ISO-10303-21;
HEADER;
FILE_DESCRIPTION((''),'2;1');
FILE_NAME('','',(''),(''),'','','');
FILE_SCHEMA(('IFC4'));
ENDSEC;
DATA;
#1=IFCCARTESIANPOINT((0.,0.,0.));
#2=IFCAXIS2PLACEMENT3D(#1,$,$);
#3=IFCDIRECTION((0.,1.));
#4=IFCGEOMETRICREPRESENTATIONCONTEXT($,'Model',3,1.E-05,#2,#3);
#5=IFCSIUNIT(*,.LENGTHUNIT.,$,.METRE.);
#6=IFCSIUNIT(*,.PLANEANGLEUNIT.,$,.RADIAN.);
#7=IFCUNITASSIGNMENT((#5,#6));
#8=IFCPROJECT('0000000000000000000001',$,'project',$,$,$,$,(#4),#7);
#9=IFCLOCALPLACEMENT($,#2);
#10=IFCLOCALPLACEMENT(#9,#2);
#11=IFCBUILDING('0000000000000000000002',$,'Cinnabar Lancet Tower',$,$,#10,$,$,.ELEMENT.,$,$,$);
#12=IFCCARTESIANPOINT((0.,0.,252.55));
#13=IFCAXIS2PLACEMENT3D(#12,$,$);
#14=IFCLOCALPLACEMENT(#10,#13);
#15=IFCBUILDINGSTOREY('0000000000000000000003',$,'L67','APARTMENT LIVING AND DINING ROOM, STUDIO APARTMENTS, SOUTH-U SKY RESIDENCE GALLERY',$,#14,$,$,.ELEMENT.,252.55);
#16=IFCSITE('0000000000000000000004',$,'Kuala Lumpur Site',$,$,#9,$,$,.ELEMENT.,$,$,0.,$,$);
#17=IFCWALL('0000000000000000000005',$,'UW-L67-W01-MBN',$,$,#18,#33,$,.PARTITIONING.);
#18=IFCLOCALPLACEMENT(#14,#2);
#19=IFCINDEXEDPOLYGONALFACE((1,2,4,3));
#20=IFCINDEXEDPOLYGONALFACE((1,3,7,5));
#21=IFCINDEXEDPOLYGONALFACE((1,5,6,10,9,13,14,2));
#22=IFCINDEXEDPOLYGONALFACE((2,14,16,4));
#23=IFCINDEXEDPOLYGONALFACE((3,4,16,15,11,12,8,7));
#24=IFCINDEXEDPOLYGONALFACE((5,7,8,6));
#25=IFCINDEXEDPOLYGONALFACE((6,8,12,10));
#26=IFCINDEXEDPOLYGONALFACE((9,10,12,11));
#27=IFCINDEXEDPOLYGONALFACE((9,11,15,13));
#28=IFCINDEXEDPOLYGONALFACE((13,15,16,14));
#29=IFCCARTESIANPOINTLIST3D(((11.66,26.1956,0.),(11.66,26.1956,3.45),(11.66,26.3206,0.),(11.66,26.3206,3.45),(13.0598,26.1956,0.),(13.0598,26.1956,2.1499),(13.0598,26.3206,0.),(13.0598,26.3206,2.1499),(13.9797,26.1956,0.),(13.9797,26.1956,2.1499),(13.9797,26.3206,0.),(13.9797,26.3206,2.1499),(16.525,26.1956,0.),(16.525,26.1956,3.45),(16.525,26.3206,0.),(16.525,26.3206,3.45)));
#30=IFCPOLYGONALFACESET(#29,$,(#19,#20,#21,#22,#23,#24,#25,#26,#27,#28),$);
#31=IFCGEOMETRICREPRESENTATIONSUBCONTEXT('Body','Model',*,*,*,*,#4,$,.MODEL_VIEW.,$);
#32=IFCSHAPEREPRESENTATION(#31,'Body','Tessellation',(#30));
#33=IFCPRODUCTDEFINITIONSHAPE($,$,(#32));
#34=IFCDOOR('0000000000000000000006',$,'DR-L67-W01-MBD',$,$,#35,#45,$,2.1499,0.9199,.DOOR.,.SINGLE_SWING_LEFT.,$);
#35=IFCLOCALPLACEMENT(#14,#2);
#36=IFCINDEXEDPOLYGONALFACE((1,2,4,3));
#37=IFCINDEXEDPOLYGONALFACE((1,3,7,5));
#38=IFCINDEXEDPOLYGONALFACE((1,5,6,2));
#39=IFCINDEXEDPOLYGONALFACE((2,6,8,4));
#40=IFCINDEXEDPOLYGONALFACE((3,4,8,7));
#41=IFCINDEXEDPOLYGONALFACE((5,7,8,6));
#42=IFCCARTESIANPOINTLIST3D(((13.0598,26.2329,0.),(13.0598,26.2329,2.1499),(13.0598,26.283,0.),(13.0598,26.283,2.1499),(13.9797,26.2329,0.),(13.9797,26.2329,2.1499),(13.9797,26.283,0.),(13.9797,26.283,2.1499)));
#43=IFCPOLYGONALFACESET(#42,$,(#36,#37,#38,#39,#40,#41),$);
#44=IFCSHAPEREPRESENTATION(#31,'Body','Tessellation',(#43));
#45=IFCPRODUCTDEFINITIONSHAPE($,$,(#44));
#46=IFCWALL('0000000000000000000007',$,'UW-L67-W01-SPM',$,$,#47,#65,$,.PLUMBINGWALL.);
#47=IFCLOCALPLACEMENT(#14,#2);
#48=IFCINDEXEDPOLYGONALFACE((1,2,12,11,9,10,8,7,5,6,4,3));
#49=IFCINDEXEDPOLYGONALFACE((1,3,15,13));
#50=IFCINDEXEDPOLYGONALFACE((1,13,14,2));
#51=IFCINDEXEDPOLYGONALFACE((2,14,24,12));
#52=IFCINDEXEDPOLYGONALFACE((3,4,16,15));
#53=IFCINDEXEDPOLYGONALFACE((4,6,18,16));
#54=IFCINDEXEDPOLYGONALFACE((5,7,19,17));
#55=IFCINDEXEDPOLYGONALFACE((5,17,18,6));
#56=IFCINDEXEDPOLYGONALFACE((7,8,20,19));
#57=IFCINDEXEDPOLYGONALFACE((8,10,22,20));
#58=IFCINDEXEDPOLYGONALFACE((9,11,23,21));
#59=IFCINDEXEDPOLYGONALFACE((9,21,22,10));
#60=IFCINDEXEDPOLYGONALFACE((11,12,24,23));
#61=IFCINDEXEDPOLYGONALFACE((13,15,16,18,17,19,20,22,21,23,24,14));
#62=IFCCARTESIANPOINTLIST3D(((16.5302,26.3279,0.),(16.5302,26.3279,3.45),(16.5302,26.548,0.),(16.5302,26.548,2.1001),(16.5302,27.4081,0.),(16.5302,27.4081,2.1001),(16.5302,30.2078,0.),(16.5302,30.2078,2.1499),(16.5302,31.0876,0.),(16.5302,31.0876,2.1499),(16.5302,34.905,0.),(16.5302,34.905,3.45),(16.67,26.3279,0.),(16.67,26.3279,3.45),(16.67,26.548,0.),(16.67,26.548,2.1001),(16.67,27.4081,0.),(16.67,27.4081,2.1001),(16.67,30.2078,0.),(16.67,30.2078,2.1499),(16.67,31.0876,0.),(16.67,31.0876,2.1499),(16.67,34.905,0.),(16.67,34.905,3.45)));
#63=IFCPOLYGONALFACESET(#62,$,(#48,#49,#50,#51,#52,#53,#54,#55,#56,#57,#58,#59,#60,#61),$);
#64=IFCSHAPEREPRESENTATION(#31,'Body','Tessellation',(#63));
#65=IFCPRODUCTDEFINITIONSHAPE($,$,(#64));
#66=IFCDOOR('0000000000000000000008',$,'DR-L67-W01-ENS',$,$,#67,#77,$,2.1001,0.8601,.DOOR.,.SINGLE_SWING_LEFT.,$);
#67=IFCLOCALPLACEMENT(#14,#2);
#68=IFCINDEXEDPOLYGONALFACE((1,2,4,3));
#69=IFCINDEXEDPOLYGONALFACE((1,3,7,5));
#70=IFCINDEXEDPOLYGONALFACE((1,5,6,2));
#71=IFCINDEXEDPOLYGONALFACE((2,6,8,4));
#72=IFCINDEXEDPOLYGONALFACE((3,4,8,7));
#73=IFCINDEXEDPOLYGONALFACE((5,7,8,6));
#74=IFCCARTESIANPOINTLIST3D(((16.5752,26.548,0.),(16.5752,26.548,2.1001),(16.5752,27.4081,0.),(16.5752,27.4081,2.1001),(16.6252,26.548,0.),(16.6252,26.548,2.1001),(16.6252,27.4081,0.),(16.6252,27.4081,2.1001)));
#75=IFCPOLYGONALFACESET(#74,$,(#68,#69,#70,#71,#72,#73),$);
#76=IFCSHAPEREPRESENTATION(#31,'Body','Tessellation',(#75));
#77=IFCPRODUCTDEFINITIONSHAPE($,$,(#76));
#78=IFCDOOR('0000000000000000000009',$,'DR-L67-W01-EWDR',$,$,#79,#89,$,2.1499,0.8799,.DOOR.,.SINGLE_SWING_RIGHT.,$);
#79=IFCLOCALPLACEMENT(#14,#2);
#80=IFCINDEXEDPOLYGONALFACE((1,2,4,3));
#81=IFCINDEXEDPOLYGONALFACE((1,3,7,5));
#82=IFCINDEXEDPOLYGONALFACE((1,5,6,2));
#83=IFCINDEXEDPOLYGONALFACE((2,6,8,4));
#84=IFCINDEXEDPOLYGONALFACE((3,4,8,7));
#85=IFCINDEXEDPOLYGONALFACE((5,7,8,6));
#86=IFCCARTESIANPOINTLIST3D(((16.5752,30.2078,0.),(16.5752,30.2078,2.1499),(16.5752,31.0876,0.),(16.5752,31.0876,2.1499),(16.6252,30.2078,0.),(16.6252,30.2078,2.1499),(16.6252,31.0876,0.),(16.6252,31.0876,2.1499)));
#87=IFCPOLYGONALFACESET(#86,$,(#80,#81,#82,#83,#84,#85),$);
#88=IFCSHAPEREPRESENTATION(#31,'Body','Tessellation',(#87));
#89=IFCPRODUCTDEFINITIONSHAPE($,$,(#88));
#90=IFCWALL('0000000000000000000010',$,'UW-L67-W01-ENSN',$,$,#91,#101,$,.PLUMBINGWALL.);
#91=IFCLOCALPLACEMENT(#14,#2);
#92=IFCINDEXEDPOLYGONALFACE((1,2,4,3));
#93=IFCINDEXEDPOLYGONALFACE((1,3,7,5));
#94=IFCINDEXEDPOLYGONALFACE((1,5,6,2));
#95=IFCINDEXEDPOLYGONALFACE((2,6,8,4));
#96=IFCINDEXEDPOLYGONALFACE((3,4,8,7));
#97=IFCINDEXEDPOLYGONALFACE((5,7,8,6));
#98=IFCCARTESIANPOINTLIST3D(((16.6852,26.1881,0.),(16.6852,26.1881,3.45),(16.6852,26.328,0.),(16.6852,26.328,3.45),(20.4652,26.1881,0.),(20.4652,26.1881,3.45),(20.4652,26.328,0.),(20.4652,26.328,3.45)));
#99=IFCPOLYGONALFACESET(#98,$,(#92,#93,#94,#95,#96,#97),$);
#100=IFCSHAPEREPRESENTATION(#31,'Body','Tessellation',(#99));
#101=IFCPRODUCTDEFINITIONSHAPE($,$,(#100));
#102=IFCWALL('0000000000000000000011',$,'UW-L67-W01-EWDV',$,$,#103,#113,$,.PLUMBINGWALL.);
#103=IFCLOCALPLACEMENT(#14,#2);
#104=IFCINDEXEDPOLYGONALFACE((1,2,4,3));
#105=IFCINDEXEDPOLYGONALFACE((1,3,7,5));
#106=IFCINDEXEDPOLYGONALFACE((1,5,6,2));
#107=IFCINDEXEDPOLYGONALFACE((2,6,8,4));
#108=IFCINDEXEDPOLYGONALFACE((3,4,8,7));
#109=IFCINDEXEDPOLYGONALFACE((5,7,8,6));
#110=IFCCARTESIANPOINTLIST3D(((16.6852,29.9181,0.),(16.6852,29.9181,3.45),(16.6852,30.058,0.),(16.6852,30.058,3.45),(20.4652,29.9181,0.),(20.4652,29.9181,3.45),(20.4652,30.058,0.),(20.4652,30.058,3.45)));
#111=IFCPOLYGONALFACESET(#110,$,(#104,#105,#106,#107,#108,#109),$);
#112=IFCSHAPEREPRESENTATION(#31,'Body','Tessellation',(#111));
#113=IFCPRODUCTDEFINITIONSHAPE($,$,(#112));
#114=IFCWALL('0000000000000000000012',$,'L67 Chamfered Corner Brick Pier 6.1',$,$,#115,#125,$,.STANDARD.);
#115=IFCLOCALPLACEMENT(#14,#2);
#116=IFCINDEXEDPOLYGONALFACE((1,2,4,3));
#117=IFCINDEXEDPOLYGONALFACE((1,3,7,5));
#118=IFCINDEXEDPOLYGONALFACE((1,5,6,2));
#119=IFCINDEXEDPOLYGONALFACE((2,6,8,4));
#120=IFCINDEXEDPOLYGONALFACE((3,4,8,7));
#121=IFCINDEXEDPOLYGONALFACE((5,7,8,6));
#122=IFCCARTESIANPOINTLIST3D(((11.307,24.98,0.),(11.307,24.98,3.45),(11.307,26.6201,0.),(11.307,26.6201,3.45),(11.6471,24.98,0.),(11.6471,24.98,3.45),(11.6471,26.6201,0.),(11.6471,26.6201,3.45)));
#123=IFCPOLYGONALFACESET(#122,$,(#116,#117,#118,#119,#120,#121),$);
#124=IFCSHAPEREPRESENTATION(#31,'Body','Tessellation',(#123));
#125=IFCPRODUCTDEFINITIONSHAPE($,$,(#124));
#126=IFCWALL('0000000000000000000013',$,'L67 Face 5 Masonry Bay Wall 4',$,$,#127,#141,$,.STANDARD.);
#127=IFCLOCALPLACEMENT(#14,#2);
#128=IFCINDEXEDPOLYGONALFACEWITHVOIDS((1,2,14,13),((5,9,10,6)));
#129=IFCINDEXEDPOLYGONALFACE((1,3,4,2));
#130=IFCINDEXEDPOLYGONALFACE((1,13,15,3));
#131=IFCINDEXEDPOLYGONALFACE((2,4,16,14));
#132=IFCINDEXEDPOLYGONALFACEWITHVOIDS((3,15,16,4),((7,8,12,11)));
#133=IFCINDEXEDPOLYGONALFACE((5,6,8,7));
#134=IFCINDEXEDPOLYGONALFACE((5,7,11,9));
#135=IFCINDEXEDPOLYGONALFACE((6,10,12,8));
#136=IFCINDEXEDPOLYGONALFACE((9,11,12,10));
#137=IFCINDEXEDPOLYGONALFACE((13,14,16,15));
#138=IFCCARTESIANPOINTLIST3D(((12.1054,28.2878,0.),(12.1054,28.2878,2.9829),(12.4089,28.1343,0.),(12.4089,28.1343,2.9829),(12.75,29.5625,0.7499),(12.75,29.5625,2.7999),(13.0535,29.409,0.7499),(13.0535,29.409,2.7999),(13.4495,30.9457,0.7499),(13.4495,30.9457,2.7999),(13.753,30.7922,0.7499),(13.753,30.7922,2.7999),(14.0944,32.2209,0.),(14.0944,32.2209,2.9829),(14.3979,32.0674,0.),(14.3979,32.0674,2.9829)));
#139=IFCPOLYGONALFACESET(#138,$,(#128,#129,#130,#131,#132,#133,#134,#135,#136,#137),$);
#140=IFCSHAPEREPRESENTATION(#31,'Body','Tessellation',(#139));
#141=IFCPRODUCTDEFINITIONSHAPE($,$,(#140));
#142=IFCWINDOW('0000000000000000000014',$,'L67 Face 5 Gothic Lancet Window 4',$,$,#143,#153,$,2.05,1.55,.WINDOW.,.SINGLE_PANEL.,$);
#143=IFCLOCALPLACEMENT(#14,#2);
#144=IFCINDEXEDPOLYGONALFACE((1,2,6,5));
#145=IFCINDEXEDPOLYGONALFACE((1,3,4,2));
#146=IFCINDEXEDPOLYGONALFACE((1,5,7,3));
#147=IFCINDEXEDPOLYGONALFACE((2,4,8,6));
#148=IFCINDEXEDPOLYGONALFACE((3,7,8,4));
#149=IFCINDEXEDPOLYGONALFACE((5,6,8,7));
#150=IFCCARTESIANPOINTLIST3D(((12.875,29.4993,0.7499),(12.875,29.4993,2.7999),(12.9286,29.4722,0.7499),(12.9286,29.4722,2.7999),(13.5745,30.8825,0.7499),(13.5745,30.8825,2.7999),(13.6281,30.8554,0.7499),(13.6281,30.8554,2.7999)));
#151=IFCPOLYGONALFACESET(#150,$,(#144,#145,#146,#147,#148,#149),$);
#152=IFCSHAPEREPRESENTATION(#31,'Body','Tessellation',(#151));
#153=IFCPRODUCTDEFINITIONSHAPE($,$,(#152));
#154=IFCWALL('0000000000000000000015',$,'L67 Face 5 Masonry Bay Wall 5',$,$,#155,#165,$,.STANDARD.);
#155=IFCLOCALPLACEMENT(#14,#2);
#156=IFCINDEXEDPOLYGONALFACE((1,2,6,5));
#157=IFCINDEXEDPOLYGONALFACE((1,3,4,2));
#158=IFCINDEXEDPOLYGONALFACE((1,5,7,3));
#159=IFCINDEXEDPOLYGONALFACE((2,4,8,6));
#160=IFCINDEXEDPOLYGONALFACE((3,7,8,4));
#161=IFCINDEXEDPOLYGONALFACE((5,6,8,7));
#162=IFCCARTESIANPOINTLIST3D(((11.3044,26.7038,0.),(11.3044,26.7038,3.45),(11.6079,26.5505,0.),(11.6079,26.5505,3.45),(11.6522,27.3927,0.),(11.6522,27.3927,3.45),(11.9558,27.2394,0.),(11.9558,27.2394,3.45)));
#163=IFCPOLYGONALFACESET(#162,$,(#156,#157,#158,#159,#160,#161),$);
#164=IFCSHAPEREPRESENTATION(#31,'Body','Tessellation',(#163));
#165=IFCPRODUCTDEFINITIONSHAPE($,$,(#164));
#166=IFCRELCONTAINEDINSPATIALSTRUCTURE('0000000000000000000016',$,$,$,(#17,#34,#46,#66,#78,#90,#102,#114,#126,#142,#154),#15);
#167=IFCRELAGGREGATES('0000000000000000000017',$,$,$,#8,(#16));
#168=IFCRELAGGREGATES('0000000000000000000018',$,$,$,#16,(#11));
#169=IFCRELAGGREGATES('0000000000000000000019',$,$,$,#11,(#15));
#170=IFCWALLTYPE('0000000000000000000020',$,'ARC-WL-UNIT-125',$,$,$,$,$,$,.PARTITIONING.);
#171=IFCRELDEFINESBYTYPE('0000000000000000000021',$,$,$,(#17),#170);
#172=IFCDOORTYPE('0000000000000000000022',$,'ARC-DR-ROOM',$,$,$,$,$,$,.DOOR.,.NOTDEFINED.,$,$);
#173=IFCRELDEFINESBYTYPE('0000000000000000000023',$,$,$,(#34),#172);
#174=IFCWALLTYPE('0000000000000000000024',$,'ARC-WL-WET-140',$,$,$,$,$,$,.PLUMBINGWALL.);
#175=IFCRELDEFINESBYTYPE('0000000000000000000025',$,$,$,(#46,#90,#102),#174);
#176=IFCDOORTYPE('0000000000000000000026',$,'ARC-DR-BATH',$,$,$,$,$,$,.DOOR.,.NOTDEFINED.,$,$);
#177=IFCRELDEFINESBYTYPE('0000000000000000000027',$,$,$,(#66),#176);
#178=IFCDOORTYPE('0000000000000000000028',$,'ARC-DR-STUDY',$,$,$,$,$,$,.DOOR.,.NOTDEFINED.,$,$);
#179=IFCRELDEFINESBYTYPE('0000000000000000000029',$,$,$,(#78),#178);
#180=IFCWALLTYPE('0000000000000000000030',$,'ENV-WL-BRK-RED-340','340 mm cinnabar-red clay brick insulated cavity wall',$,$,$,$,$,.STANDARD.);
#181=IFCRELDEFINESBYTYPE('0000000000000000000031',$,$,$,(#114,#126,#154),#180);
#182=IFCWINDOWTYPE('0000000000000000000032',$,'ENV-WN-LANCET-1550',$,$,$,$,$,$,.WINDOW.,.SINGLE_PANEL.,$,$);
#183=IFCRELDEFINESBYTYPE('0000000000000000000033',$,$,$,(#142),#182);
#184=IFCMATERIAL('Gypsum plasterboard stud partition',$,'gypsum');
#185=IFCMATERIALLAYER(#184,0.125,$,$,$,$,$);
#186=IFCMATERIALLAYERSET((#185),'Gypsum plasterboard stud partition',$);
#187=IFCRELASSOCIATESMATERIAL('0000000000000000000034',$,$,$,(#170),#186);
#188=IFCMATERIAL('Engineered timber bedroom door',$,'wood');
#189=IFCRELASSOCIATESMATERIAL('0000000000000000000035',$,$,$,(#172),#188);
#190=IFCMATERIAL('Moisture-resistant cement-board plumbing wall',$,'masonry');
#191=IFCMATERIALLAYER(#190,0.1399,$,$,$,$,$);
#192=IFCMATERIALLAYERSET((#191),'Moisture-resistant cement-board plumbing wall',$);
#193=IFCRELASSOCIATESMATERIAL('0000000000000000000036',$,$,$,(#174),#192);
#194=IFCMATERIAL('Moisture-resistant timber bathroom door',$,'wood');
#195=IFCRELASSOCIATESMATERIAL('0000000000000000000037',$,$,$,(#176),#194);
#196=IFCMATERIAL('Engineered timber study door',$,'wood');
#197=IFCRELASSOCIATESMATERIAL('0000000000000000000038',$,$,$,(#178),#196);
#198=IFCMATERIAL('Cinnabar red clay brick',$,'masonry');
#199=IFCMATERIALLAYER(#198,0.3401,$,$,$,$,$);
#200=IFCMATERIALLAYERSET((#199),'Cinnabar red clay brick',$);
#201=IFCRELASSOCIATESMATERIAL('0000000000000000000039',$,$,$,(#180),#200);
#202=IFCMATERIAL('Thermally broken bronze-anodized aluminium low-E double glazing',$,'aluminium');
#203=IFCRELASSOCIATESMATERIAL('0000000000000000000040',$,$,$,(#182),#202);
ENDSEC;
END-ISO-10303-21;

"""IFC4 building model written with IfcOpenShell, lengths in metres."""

from ifc_helpers import new_model, si_unit, direction, frame, frame_2d, origin, place, context, subcontext, project, spatial, rectangle, extrude, material, layer, layer_set, type_object, element, fill, save


model = new_model("IFC4")

# Units and contexts
model_context = context("Model", 3, precision=1e-05, world=origin(), true_north=direction((0.0, 1.0)))
body_context = subcontext(model_context, "Body", "Model", "MODEL_VIEW")
ifc_project = project(units=[si_unit("LENGTHUNIT", "METRE"), si_unit("PLANEANGLEUNIT", "RADIAN")], contexts=[model_context])

# Site, building, storey
site_placement = place(None, origin())
site = spatial("IfcSite", under=ifc_project, at=site_placement, Name="Kuala Lumpur Site", CompositionType="ELEMENT", RefElevation=0.0)
building_placement = place(site_placement, origin())
building = spatial("IfcBuilding", under=site, at=building_placement, Name="Cinnabar Lancet Tower", CompositionType="ELEMENT")
storey_placement = place(building_placement, frame((0.0, 0.0, 252.55)))
storey = spatial("IfcBuildingStorey", under=building, at=storey_placement, Name="L67", Description="APARTMENT LIVING AND DINING ROOM, STUDIO APARTMENTS, SOUTH-U SKY RESIDENCE GALLERY", CompositionType="ELEMENT", Elevation=252.55)

# Wall, opening, door
ifc_material_1 = material(Name="Gypsum plasterboard stud partition", Category="gypsum")
ifc_layer_1 = layer(ifc_material_1, 0.125)
ifc_layer_set_1 = layer_set([ifc_layer_1], Name="Gypsum plasterboard stud partition")
wall_type_1 = type_object("IfcWallType", Name="ARC-WL-UNIT-125", PredefinedType="PARTITIONING", material=ifc_layer_set_1)
wall_1_placement = place(storey_placement, frame((11.6599, 26.2581, 0.0), z_axis=(0.0, 0.0, 1.0), x_axis=(1.0, 0.0, 0.0)))
wall_1 = element("IfcWall", 1, at=wall_1_placement, inside=storey, type_object=wall_type_1, Name="UW-L67-W01-MBN", PredefinedType="PARTITIONING", context=body_context, shape_type="SweptSolid", body=[
    extrude(rectangle(XDim=4.865, YDim=0.125, at=frame_2d((2.4326, 0.0))), origin(), (0.0, 0.0, 1.0), 3.45),
])
opening_1_placement = place(wall_1_placement, frame((1.3999, 0.0, 0.0)))
opening_1 = element("IfcOpeningElement", 2, at=opening_1_placement, cuts=wall_1, PredefinedType="OPENING", context=body_context, shape_type="SweptSolid", body=[
    extrude(rectangle(XDim=0.9199, YDim=2.1499, at=frame_2d((0.46, 1.075))), frame((0.0, 0.0725, 0.0), z_axis=(0.0, -1.0, 0.0), x_axis=(1.0, 0.0, 0.0)), (0.0, 0.0, 1.0), 0.145),
])
ifc_material_2 = material(Name="Engineered timber bedroom door", Category="wood")
door_type_1 = type_object("IfcDoorType", Name="ARC-DR-ROOM", OperationType="NOTDEFINED", PredefinedType="DOOR", material=ifc_material_2)
door_1_placement = place(opening_1_placement, origin())
door_1 = element("IfcDoor", 3, at=door_1_placement, inside=storey, type_object=door_type_1, Name="DR-L67-W01-MBD", OperationType="SINGLE_SWING_LEFT", OverallHeight=2.1499, OverallWidth=0.9199, PredefinedType="DOOR", context=body_context, shape_type="SweptSolid", body=[
    extrude(rectangle(XDim=0.9199, YDim=2.1499, at=frame_2d((0.46, 1.075))), frame((0.0, 0.0249, 0.0), z_axis=(0.0, -1.0, 0.0), x_axis=(1.0, 0.0, 0.0)), (0.0, 0.0, 1.0), 0.05),
])
fill(opening_1, door_1)

# Wall, openings, doors
ifc_material_3 = material(Name="Moisture-resistant cement-board plumbing wall", Category="masonry")
ifc_layer_2 = layer(ifc_material_3, 0.1399)
ifc_layer_set_2 = layer_set([ifc_layer_2], Name="Moisture-resistant cement-board plumbing wall")
wall_type_2 = type_object("IfcWallType", Name="ARC-WL-WET-140", PredefinedType="PLUMBINGWALL", material=ifc_layer_set_2)
wall_2_placement = place(storey_placement, frame((16.6001, 26.3279, 0.0), z_axis=(0.0, 0.0, 1.0), x_axis=(0.0, 1.0, 0.0)))
wall_2 = element("IfcWall", 4, at=wall_2_placement, inside=storey, type_object=wall_type_2, Name="UW-L67-W01-SPM", PredefinedType="PLUMBINGWALL", context=body_context, shape_type="SweptSolid", body=[
    extrude(rectangle(XDim=8.5771, YDim=0.1399, at=frame_2d((4.2886, 0.0))), origin(), (0.0, 0.0, 1.0), 3.45),
])
opening_2_placement = place(wall_2_placement, frame((0.22, 0.0, 0.0)))
opening_2 = element("IfcOpeningElement", 5, at=opening_2_placement, cuts=wall_2, PredefinedType="OPENING", context=body_context, shape_type="SweptSolid", body=[
    extrude(rectangle(XDim=0.8601, YDim=2.1001, at=frame_2d((0.4302, 1.05))), frame((0.0, 0.0798, 0.0), z_axis=(0.0, -1.0, 0.0), x_axis=(1.0, 0.0, 0.0)), (0.0, 0.0, 1.0), 0.1599),
])
opening_3_placement = place(wall_2_placement, frame((3.8799, 0.0, 0.0)))
opening_3 = element("IfcOpeningElement", 6, at=opening_3_placement, cuts=wall_2, PredefinedType="OPENING", context=body_context, shape_type="SweptSolid", body=[
    extrude(rectangle(XDim=0.8799, YDim=2.1499, at=frame_2d((0.4399, 1.075))), frame((0.0, 0.0798, 0.0), z_axis=(0.0, -1.0, 0.0), x_axis=(1.0, 0.0, 0.0)), (0.0, 0.0, 1.0), 0.1599),
])
ifc_material_4 = material(Name="Moisture-resistant timber bathroom door", Category="wood")
door_type_2 = type_object("IfcDoorType", Name="ARC-DR-BATH", OperationType="NOTDEFINED", PredefinedType="DOOR", material=ifc_material_4)
door_2_placement = place(opening_2_placement, origin())
door_2 = element("IfcDoor", 7, at=door_2_placement, inside=storey, type_object=door_type_2, Name="DR-L67-W01-ENS", OperationType="SINGLE_SWING_LEFT", OverallHeight=2.1001, OverallWidth=0.8601, PredefinedType="DOOR", context=body_context, shape_type="SweptSolid", body=[
    extrude(rectangle(XDim=0.8601, YDim=2.1001, at=frame_2d((0.4302, 1.05))), frame((0.0, 0.0249, 0.0), z_axis=(0.0, -1.0, 0.0), x_axis=(1.0, 0.0, 0.0)), (0.0, 0.0, 1.0), 0.05),
])
fill(opening_2, door_2)
ifc_material_5 = material(Name="Engineered timber study door", Category="wood")
door_type_3 = type_object("IfcDoorType", Name="ARC-DR-STUDY", OperationType="NOTDEFINED", PredefinedType="DOOR", material=ifc_material_5)
door_3_placement = place(opening_3_placement, origin())
door_3 = element("IfcDoor", 8, at=door_3_placement, inside=storey, type_object=door_type_3, Name="DR-L67-W01-EWDR", OperationType="SINGLE_SWING_RIGHT", OverallHeight=2.1499, OverallWidth=0.8799, PredefinedType="DOOR", context=body_context, shape_type="SweptSolid", body=[
    extrude(rectangle(XDim=0.8799, YDim=2.1499, at=frame_2d((0.4399, 1.075))), frame((0.0, 0.0249, 0.0), z_axis=(0.0, -1.0, 0.0), x_axis=(1.0, 0.0, 0.0)), (0.0, 0.0, 1.0), 0.05),
])
fill(opening_3, door_3)

# Walls
for number, where, z_axis, x_axis, name in (
    (9, (16.6851, 26.2581, 0.0), (0.0, 0.0, 1.0), (1.0, 0.0, 0.0), "UW-L67-W01-ENSN"),
    (10, (16.6851, 29.988, 0.0), (0.0, 0.0, 1.0), (1.0, 0.0, 0.0), "UW-L67-W01-EWDV"),
):
    element("IfcWall", number, at=place(storey_placement, frame(where, z_axis=z_axis, x_axis=x_axis)), inside=storey, type_object=wall_type_2, Name=name, PredefinedType="PLUMBINGWALL", context=body_context, shape_type="SweptSolid", body=[
        extrude(rectangle(XDim=3.78, YDim=0.1399, at=frame_2d((1.8901, 0.0))), origin(), (0.0, 0.0, 1.0), 3.45),
    ])
ifc_material_6 = material(Name="Cinnabar red clay brick", Category="masonry")
ifc_layer_3 = layer(ifc_material_6, 0.3401)
ifc_layer_set_3 = layer_set([ifc_layer_3], Name="Cinnabar red clay brick")
wall_type_3 = type_object("IfcWallType", Name="ENV-WL-BRK-RED-340", Description="340 mm cinnabar-red clay brick insulated cavity wall", PredefinedType="STANDARD", material=ifc_layer_set_3)
wall_3_placement = place(storey_placement, frame((11.4771, 26.6201, 0.0), z_axis=(0.0, 0.0, 1.0), x_axis=(0.0, -1.0, 0.0)))
element("IfcWall", 11, at=wall_3_placement, inside=storey, type_object=wall_type_3, Name="L67 Chamfered Corner Brick Pier 6.1", PredefinedType="STANDARD", context=body_context, shape_type="SweptSolid", body=[
    extrude(rectangle(XDim=1.6401, YDim=0.3401, at=frame_2d((0.8201, 0.0))), origin(), (0.0, 0.0, 1.0), 3.45),
])

# Wall, opening, window
wall_4_placement = place(storey_placement, frame((14.2461, 32.144, 0.0), z_axis=(0.0, 0.0, 1.0), x_axis=(-0.451286, -0.892379, 0.0)))
wall_4 = element("IfcWall", 12, at=wall_4_placement, inside=storey, type_object=wall_type_3, Name="L67 Face 5 Masonry Bay Wall 4", PredefinedType="STANDARD", context=body_context, shape_type="SweptSolid", body=[
    extrude(rectangle(XDim=4.4075, YDim=0.3401, at=frame_2d((2.2036, 0.0))), origin(), (0.0, 0.0, 1.0), 2.9829),
])
opening_4_placement = place(wall_4_placement, frame((1.429, 0.0, 0.75)))
opening_4 = element("IfcOpeningElement", 13, at=opening_4_placement, cuts=wall_4, PredefinedType="OPENING", context=body_context, shape_type="SweptSolid", body=[
    extrude(rectangle(XDim=1.55, YDim=2.05, at=frame_2d((0.7749, 1.0249))), frame((0.0, 0.1799, 0.0), z_axis=(0.0, -1.0, 0.0), x_axis=(1.0, 0.0, 0.0)), (0.0, 0.0, 1.0), 0.3601),
])
ifc_material_7 = material(Name="Thermally broken bronze-anodized aluminium low-E double glazing", Category="aluminium")
window_type = type_object("IfcWindowType", Name="ENV-WN-LANCET-1550", PartitioningType="SINGLE_PANEL", PredefinedType="WINDOW", material=ifc_material_7)
window_placement = place(opening_4_placement, origin())
window = element("IfcWindow", 14, at=window_placement, inside=storey, type_object=window_type, Name="L67 Face 5 Gothic Lancet Window 4", OverallHeight=2.05, OverallWidth=1.55, PartitioningType="SINGLE_PANEL", PredefinedType="WINDOW", context=body_context, shape_type="SweptSolid", body=[
    extrude(rectangle(XDim=1.55, YDim=2.05, at=frame_2d((0.7749, 1.0249))), frame((0.0, 0.03, 0.0), z_axis=(0.0, -1.0, 0.0), x_axis=(1.0, 0.0, 0.0)), (0.0, 0.0, 1.0), 0.0601),
])
fill(opening_4, window)

# Wall
for number, where, z_axis, x_axis, name in (
    (15, (11.804, 27.3159, 0.0), (0.0, 0.0, 1.0), (-0.450753, -0.892649, 0.0), "L67 Face 5 Masonry Bay Wall 5"),
):
    element("IfcWall", number, at=place(storey_placement, frame(where, z_axis=z_axis, x_axis=x_axis)), inside=storey, type_object=wall_type_3, Name=name, PredefinedType="STANDARD", context=body_context, shape_type="SweptSolid", body=[
        extrude(rectangle(XDim=0.7717, YDim=0.3401, at=frame_2d((0.3857, 0.0))), origin(), (0.0, 0.0, 1.0), 3.45),
    ])

save(model, "model.ifc")
